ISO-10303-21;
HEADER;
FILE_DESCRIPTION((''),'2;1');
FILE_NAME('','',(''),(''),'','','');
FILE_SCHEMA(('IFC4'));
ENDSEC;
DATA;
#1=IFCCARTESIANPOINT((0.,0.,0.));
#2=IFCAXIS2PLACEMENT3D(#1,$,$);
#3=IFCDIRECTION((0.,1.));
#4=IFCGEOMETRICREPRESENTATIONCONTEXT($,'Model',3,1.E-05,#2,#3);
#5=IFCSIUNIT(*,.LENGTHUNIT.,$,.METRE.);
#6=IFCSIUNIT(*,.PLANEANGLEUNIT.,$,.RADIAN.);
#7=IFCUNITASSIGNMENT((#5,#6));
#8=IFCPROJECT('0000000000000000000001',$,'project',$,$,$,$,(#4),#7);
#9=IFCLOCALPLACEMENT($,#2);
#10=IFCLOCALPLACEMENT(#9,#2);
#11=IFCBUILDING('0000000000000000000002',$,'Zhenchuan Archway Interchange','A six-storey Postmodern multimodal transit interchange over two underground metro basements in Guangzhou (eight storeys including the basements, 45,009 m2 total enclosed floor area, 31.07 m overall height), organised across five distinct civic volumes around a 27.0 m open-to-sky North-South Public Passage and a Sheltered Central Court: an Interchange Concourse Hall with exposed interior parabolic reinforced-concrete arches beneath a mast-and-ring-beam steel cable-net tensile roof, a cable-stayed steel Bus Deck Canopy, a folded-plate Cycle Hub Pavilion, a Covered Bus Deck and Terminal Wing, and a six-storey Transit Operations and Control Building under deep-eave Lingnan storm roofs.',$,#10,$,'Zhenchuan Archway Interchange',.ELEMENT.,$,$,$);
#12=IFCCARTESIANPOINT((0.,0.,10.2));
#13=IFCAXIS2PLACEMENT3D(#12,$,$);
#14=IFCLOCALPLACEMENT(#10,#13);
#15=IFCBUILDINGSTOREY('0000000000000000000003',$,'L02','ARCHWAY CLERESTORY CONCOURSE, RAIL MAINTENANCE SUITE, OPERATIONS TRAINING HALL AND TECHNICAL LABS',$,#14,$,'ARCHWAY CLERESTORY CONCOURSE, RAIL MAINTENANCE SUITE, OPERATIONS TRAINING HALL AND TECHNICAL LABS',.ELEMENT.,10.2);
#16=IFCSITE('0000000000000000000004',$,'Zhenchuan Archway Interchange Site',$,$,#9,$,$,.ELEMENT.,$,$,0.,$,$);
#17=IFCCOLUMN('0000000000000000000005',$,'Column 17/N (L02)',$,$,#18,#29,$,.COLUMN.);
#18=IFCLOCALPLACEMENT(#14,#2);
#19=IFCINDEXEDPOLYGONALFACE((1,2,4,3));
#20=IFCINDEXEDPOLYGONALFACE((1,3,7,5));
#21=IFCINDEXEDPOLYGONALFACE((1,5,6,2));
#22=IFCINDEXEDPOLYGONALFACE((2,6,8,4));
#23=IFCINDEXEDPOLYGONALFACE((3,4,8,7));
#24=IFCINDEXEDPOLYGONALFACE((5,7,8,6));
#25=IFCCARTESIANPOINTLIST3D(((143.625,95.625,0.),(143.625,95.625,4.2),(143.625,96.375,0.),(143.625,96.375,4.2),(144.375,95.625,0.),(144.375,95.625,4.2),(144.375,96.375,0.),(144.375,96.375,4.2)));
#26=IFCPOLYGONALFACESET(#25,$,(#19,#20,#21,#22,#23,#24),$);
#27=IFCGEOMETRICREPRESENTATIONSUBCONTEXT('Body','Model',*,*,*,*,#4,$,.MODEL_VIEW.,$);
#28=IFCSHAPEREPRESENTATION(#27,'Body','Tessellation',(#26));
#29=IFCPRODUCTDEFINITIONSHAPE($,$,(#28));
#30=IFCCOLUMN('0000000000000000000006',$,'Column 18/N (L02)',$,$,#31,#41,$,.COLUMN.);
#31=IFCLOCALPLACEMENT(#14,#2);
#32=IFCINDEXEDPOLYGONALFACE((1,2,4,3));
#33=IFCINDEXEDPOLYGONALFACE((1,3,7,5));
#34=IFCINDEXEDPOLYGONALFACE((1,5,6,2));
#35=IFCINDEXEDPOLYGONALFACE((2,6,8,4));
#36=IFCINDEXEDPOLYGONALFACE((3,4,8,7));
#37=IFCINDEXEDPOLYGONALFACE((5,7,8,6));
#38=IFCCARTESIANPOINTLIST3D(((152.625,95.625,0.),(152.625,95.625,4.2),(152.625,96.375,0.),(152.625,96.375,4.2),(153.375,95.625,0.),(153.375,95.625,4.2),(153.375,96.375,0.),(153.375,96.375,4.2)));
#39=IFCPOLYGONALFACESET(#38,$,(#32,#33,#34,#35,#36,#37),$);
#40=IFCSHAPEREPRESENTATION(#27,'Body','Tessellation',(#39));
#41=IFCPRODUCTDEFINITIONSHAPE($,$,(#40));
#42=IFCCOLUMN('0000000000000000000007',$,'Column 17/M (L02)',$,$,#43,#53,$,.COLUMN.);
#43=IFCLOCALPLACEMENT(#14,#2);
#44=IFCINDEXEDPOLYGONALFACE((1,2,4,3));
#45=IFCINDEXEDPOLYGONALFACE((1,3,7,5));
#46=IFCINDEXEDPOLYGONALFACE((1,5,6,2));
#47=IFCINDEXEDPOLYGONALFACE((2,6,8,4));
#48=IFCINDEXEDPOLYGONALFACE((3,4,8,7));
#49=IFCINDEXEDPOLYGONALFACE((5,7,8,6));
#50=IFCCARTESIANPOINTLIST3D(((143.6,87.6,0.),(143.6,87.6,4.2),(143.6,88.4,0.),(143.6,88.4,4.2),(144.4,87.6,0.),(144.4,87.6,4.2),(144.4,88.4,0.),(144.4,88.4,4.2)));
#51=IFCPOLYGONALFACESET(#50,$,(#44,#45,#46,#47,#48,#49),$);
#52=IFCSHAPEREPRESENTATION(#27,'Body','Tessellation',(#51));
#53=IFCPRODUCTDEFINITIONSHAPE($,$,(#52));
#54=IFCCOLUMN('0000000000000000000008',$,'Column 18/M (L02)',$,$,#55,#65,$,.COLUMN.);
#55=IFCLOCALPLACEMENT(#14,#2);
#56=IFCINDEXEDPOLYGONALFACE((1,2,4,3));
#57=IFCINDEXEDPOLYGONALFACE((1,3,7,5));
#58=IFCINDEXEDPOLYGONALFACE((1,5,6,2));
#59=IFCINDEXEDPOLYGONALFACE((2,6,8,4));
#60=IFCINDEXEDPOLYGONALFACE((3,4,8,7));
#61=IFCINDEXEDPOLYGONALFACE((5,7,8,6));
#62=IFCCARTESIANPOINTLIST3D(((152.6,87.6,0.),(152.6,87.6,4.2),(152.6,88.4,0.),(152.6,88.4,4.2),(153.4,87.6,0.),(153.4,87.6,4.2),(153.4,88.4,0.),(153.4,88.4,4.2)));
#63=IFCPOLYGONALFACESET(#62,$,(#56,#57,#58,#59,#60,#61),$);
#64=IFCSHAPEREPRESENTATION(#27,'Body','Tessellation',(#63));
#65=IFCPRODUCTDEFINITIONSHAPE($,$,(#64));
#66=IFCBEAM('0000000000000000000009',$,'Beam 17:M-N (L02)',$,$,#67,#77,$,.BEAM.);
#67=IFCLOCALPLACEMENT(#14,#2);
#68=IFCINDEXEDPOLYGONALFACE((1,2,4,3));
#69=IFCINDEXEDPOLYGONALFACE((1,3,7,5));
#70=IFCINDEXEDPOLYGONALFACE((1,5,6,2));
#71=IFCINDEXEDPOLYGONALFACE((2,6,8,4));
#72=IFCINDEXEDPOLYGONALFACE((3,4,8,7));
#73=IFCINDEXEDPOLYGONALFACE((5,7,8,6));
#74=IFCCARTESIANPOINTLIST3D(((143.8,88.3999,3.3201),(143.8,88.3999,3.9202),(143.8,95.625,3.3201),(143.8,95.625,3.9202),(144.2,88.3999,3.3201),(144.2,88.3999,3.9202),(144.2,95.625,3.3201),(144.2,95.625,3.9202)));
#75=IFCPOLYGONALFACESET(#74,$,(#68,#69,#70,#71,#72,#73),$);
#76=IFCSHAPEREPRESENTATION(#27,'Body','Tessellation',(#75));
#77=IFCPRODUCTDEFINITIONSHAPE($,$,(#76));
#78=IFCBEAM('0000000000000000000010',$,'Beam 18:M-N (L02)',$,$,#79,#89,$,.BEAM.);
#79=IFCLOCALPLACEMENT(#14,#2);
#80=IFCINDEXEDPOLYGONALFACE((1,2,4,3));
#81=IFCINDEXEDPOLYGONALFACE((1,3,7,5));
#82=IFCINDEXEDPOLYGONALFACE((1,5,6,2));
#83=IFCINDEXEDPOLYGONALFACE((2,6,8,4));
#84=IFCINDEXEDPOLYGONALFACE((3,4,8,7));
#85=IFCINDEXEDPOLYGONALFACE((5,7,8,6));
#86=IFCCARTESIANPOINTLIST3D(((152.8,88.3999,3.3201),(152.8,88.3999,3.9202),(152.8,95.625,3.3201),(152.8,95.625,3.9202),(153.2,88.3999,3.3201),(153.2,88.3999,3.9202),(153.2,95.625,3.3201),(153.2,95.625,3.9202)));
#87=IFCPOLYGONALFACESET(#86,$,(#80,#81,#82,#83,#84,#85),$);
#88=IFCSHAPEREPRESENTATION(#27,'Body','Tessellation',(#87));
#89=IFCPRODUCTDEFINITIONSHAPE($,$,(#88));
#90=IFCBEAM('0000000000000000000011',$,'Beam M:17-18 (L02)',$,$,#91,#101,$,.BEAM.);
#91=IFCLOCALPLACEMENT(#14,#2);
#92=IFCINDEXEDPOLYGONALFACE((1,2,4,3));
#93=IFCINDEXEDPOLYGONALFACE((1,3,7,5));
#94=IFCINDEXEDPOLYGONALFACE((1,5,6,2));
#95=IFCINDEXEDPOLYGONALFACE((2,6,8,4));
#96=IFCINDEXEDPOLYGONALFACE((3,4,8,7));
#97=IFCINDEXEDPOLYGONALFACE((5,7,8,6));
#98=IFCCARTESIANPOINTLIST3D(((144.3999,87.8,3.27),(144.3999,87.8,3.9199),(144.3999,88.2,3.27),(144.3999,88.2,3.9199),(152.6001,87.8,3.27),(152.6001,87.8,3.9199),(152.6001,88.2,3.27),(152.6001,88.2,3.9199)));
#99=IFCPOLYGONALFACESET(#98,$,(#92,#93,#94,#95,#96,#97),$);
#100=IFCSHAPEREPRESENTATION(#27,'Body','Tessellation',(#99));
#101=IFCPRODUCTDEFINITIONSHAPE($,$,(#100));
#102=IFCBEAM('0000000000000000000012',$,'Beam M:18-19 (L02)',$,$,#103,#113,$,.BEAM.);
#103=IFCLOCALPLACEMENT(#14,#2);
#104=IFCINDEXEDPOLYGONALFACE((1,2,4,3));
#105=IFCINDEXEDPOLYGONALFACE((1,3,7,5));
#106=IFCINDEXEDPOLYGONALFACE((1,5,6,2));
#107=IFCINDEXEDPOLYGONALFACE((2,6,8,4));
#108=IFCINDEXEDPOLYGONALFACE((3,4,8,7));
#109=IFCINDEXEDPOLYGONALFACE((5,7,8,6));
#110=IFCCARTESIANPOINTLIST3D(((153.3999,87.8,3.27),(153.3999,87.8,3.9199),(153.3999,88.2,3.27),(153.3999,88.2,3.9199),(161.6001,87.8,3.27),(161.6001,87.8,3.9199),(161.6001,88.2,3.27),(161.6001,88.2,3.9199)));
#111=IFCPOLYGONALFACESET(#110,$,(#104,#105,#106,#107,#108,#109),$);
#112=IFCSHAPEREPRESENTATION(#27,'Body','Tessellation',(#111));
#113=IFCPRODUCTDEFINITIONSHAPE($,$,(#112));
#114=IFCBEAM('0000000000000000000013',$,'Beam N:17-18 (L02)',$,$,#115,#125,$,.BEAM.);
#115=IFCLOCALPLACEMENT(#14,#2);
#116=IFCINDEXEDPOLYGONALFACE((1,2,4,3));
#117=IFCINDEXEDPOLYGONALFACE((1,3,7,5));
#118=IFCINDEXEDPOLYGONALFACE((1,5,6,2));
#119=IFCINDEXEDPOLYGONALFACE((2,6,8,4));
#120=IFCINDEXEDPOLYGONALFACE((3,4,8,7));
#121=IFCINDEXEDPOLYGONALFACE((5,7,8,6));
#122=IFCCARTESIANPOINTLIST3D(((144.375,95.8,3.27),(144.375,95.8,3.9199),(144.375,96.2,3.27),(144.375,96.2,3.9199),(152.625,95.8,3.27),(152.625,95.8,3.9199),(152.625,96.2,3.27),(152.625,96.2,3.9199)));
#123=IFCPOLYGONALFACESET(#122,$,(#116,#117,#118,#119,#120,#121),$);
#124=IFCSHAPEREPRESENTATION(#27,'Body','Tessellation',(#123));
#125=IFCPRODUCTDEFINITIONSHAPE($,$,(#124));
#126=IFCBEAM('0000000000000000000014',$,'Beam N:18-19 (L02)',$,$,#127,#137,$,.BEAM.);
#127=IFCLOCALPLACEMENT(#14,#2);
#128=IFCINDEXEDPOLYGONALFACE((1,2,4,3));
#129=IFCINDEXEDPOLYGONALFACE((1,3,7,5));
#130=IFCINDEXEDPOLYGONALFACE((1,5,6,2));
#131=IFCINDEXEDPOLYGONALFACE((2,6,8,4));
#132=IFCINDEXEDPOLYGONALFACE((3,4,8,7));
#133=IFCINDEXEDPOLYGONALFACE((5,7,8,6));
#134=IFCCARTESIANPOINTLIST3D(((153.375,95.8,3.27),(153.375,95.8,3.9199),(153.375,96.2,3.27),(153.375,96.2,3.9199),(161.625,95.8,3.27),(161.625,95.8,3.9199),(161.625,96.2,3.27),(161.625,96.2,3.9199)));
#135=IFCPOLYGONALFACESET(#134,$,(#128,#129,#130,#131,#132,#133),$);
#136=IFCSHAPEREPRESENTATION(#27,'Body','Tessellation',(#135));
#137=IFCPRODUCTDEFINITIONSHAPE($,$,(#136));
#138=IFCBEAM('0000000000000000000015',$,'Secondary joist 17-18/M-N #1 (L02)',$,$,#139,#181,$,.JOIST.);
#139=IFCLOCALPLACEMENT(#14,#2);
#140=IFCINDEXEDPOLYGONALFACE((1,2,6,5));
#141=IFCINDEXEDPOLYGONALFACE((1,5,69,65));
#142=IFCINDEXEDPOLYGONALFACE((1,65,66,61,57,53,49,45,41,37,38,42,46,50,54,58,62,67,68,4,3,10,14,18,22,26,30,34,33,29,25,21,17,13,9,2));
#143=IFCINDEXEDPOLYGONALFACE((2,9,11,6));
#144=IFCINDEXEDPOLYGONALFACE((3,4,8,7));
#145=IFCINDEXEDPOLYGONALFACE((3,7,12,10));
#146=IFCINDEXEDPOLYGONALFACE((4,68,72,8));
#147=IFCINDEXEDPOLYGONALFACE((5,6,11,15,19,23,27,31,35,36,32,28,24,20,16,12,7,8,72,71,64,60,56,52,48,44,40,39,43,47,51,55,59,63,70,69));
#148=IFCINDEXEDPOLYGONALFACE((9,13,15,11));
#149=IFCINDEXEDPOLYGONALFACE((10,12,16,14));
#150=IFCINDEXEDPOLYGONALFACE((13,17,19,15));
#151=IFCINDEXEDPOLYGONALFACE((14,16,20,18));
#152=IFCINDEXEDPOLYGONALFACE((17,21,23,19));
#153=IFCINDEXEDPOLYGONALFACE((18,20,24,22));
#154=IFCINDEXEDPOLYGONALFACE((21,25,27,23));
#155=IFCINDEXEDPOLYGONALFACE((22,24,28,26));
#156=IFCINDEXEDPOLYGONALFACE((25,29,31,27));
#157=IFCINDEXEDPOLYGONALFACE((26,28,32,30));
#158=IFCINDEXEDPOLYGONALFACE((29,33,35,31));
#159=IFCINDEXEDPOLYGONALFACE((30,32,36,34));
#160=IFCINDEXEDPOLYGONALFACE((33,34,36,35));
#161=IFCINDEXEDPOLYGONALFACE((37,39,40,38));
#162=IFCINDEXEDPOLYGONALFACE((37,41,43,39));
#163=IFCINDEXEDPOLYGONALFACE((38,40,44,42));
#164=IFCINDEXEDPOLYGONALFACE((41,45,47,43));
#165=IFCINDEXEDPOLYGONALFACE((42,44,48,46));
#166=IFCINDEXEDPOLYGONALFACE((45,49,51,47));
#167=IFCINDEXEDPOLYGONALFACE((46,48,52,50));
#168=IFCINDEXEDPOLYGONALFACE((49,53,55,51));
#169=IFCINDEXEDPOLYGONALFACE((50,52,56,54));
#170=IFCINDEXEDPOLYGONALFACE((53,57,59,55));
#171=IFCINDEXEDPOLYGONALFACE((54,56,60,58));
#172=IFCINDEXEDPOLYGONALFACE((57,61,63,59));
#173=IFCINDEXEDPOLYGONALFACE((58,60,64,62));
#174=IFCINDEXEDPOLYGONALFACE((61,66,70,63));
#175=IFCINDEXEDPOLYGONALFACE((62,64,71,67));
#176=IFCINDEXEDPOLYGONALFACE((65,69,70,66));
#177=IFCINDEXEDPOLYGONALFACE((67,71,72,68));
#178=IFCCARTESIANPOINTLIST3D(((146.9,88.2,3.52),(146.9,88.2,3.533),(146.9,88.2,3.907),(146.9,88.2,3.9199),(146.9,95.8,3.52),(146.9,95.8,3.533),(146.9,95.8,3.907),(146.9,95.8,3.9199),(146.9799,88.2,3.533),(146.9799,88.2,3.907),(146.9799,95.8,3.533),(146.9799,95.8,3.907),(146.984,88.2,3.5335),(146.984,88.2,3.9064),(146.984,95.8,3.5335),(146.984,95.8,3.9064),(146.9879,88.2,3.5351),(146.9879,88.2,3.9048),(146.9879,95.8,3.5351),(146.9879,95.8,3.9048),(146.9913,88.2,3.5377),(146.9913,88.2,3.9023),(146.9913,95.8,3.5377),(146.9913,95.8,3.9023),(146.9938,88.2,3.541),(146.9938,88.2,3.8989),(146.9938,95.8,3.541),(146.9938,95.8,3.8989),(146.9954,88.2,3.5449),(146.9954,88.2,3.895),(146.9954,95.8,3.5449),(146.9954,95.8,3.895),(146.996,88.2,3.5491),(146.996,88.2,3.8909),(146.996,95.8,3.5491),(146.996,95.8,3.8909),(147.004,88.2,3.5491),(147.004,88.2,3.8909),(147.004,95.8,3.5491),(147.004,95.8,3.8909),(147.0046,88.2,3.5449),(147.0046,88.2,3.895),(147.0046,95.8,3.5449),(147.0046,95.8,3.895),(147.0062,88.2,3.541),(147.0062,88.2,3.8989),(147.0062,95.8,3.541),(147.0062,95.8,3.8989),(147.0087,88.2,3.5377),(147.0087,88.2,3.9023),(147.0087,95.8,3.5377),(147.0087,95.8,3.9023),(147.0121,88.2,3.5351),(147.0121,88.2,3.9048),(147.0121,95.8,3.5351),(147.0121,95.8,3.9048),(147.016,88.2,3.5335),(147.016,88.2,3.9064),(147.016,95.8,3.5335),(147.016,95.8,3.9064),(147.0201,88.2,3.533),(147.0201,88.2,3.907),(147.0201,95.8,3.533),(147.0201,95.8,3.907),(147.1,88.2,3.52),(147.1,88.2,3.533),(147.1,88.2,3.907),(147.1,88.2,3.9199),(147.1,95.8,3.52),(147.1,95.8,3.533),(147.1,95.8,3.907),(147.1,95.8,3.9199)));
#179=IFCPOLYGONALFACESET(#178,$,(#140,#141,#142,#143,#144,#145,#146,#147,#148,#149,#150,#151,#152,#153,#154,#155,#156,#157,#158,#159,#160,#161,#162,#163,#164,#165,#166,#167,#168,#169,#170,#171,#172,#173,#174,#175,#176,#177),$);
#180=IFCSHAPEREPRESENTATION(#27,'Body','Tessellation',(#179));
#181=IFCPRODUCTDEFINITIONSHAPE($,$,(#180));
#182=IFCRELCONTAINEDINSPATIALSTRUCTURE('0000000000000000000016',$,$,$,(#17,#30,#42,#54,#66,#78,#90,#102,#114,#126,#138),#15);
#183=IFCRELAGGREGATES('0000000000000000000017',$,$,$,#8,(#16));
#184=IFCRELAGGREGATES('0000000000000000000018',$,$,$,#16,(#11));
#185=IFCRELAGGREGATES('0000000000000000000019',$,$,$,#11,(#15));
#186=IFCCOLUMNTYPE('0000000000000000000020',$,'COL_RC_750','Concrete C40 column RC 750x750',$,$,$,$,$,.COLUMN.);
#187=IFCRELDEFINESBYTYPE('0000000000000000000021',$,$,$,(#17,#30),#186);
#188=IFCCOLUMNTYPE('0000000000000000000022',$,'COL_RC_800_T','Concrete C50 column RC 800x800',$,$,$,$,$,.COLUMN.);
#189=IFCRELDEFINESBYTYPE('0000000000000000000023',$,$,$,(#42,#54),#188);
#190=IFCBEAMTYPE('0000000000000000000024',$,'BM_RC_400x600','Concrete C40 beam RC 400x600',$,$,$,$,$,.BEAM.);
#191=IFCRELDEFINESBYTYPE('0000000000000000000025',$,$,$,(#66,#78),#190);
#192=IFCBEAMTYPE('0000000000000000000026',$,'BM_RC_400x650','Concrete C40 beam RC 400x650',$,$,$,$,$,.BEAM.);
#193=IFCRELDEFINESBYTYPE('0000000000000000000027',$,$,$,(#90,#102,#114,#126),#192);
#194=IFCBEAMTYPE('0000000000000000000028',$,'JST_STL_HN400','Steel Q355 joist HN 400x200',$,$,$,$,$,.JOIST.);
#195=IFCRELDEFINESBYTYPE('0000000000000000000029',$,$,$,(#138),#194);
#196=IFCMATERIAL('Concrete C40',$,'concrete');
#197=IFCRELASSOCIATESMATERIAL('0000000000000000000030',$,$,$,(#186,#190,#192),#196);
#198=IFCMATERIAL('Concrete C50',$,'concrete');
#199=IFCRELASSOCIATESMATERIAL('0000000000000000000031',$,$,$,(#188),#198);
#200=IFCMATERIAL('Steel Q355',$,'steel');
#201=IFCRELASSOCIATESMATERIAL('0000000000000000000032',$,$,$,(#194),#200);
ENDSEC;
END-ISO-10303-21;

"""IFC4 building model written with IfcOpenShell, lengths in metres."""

from ifc_helpers import new_model, si_unit, direction, frame, origin, origin_2d, place, context, subcontext, project, spatial, rectangle, i_section, extrude, material, material_profile, profile_set, type_object, element, save


model = new_model("IFC4")

# Units and contexts
model_context = context("Model", 3, precision=1e-05, world=origin(), true_north=direction((0.0, 1.0)))
body_context = subcontext(model_context, "Body", "Model", "MODEL_VIEW")
ifc_project = project(units=[si_unit("LENGTHUNIT", "METRE"), si_unit("PLANEANGLEUNIT", "RADIAN")], contexts=[model_context])

# Site, building, storey
site_placement = place(None, origin())
site = spatial("IfcSite", under=ifc_project, at=site_placement, Name="Zhenchuan Archway Interchange Site", CompositionType="ELEMENT", RefElevation=0.0)
building_placement = place(site_placement, origin())
building = spatial("IfcBuilding", under=site, at=building_placement, Name="Zhenchuan Archway Interchange", Description="A six-storey Postmodern multimodal transit interchange over two underground metro basements in Guangzhou (eight storeys including the basements, 45,009 m2 total enclosed floor area, 31.07 m overall height), organised across five distinct civic volumes around a 27.0 m open-to-sky North-South Public Passage and a Sheltered Central Court: an Interchange Concourse Hall with exposed interior parabolic reinforced-concrete arches beneath a mast-and-ring-beam steel cable-net tensile roof, a cable-stayed steel Bus Deck Canopy, a folded-plate Cycle Hub Pavilion, a Covered Bus Deck and Terminal Wing, and a six-storey Transit Operations and Control Building under deep-eave Lingnan storm roofs.", LongName="Zhenchuan Archway Interchange", CompositionType="ELEMENT")
storey_placement = place(building_placement, frame((0.0, 0.0, 10.2)))
storey = spatial("IfcBuildingStorey", under=building, at=storey_placement, Name="L02", Description="ARCHWAY CLERESTORY CONCOURSE, RAIL MAINTENANCE SUITE, OPERATIONS TRAINING HALL AND TECHNICAL LABS", LongName="ARCHWAY CLERESTORY CONCOURSE, RAIL MAINTENANCE SUITE, OPERATIONS TRAINING HALL AND TECHNICAL LABS", CompositionType="ELEMENT", Elevation=10.2)

# Columns
ifc_material_1 = material(Name="Concrete C40", Category="concrete")
ifc_material_profile_1 = material_profile(ifc_material_1, rectangle(XDim=0.75, YDim=0.75, at=origin_2d()), Name="RC 750x750")
ifc_profile_set_1 = profile_set([ifc_material_profile_1], Name="Concrete C40")
column_type_1 = type_object("IfcColumnType", Name="COL_RC_750", Description="Concrete C40 column RC 750x750", PredefinedType="COLUMN", material=ifc_profile_set_1)
for number, where, z_axis, x_axis, name in (
    (1, (144.0, 96.0, 0.0), (0.0, 0.0, 1.0), (1.0, 0.0, 0.0), "Column 17/N (L02)"),
    (2, (153.0, 96.0, 0.0), (0.0, 0.0, 1.0), (1.0, 0.0, 0.0), "Column 18/N (L02)"),
):
    element("IfcColumn", number, at=place(storey_placement, frame(where, z_axis=z_axis, x_axis=x_axis)), inside=storey, type_object=column_type_1, Name=name, PredefinedType="COLUMN", context=body_context, shape_type="SweptSolid", body=[
        extrude(rectangle(XDim=0.75, YDim=0.75, at=origin_2d()), origin(), (0.0, 0.0, 1.0), 4.2),
    ])
ifc_material_2 = material(Name="Concrete C50", Category="concrete")
ifc_material_profile_2 = material_profile(ifc_material_2, rectangle(XDim=0.8, YDim=0.8, at=origin_2d()), Name="RC 800x800")
ifc_profile_set_2 = profile_set([ifc_material_profile_2], Name="Concrete C50")
column_type_2 = type_object("IfcColumnType", Name="COL_RC_800_T", Description="Concrete C50 column RC 800x800", PredefinedType="COLUMN", material=ifc_profile_set_2)
for number, where, z_axis, x_axis, name in (
    (3, (144.0, 88.0, 0.0), (0.0, 0.0, 1.0), (1.0, 0.0, 0.0), "Column 17/M (L02)"),
    (4, (153.0, 88.0, 0.0), (0.0, 0.0, 1.0), (1.0, 0.0, 0.0), "Column 18/M (L02)"),
):
    element("IfcColumn", number, at=place(storey_placement, frame(where, z_axis=z_axis, x_axis=x_axis)), inside=storey, type_object=column_type_2, Name=name, PredefinedType="COLUMN", context=body_context, shape_type="SweptSolid", body=[
        extrude(rectangle(XDim=0.8, YDim=0.8, at=origin_2d()), origin(), (0.0, 0.0, 1.0), 4.2),
    ])

# Beams
ifc_material_profile_3 = material_profile(ifc_material_1, rectangle(XDim=0.3999, YDim=0.6001, at=origin_2d()), Name="RC 400x600")
ifc_profile_set_3 = profile_set([ifc_material_profile_3], Name="Concrete C40")
beam_type_1 = type_object("IfcBeamType", Name="BM_RC_400x600", Description="Concrete C40 beam RC 400x600", PredefinedType="BEAM", material=ifc_profile_set_3)
for number, where, z_axis, x_axis, name in (
    (5, (144.0, 88.3999, 3.6201), (0.0, 1.0, 0.0), (-1.0, 0.0, 0.0), "Beam 17:M-N (L02)"),
    (6, (153.0, 88.3999, 3.6201), (0.0, 1.0, 0.0), (-1.0, 0.0, 0.0), "Beam 18:M-N (L02)"),
):
    element("IfcBeam", number, at=place(storey_placement, frame(where, z_axis=z_axis, x_axis=x_axis)), inside=storey, type_object=beam_type_1, Name=name, PredefinedType="BEAM", context=body_context, shape_type="SweptSolid", body=[
        extrude(rectangle(XDim=0.3999, YDim=0.6001, at=origin_2d()), origin(), (0.0, 0.0, 1.0), 7.2251),
    ])
ifc_material_profile_4 = material_profile(ifc_material_1, rectangle(XDim=0.3999, YDim=0.6499, at=origin_2d()), Name="RC 400x650")
ifc_profile_set_4 = profile_set([ifc_material_profile_4], Name="Concrete C40")
beam_type_2 = type_object("IfcBeamType", Name="BM_RC_400x650", Description="Concrete C40 beam RC 400x650", PredefinedType="BEAM", material=ifc_profile_set_4)
for number, where, z_axis, x_axis, name in (
    (7, (144.3999, 88.0, 3.595), (1.0, 0.0, 0.0), (0.0, 1.0, 0.0), "Beam M:17-18 (L02)"),
    (8, (153.3999, 88.0, 3.595), (1.0, 0.0, 0.0), (0.0, 1.0, 0.0), "Beam M:18-19 (L02)"),
):
    element("IfcBeam", number, at=place(storey_placement, frame(where, z_axis=z_axis, x_axis=x_axis)), inside=storey, type_object=beam_type_2, Name=name, PredefinedType="BEAM", context=body_context, shape_type="SweptSolid", body=[
        extrude(rectangle(XDim=0.3999, YDim=0.6499, at=origin_2d()), origin(), (0.0, 0.0, 1.0), 8.2002),
    ])
for number, where, z_axis, x_axis, name in (
    (9, (144.375, 96.0, 3.595), (1.0, 0.0, 0.0), (0.0, 1.0, 0.0), "Beam N:17-18 (L02)"),
    (10, (153.375, 96.0, 3.595), (1.0, 0.0, 0.0), (0.0, 1.0, 0.0), "Beam N:18-19 (L02)"),
):
    element("IfcBeam", number, at=place(storey_placement, frame(where, z_axis=z_axis, x_axis=x_axis)), inside=storey, type_object=beam_type_2, Name=name, PredefinedType="BEAM", context=body_context, shape_type="SweptSolid", body=[
        extrude(rectangle(XDim=0.3999, YDim=0.6499, at=origin_2d()), origin(), (0.0, 0.0, 1.0), 8.25),
    ])
ifc_material_3 = material(Name="Steel Q355", Category="steel")
ifc_material_profile_5 = material_profile(ifc_material_3, i_section(OverallWidth=0.2, OverallDepth=0.3999, WebThickness=0.0081, FlangeThickness=0.0129, FilletRadius=0.0161, at=origin_2d()), Name="HN 400x200")
ifc_profile_set_5 = profile_set([ifc_material_profile_5], Name="Steel Q355")
beam_type_3 = type_object("IfcBeamType", Name="JST_STL_HN400", Description="Steel Q355 joist HN 400x200", PredefinedType="JOIST", material=ifc_profile_set_5)
for number, where, z_axis, x_axis, name in (
    (11, (147.0, 88.2, 3.72), (0.0, 1.0, 0.0), (-1.0, 0.0, 0.0), "Secondary joist 17-18/M-N #1 (L02)"),
):
    element("IfcBeam", number, at=place(storey_placement, frame(where, z_axis=z_axis, x_axis=x_axis)), inside=storey, type_object=beam_type_3, Name=name, PredefinedType="JOIST", context=body_context, shape_type="SweptSolid", body=[
        extrude(i_section(OverallWidth=0.2, OverallDepth=0.3999, WebThickness=0.0081, FlangeThickness=0.0129, FilletRadius=0.0161, at=origin_2d()), origin(), (0.0, 0.0, 1.0), 7.6001),
    ])

save(model, "model.ifc")
